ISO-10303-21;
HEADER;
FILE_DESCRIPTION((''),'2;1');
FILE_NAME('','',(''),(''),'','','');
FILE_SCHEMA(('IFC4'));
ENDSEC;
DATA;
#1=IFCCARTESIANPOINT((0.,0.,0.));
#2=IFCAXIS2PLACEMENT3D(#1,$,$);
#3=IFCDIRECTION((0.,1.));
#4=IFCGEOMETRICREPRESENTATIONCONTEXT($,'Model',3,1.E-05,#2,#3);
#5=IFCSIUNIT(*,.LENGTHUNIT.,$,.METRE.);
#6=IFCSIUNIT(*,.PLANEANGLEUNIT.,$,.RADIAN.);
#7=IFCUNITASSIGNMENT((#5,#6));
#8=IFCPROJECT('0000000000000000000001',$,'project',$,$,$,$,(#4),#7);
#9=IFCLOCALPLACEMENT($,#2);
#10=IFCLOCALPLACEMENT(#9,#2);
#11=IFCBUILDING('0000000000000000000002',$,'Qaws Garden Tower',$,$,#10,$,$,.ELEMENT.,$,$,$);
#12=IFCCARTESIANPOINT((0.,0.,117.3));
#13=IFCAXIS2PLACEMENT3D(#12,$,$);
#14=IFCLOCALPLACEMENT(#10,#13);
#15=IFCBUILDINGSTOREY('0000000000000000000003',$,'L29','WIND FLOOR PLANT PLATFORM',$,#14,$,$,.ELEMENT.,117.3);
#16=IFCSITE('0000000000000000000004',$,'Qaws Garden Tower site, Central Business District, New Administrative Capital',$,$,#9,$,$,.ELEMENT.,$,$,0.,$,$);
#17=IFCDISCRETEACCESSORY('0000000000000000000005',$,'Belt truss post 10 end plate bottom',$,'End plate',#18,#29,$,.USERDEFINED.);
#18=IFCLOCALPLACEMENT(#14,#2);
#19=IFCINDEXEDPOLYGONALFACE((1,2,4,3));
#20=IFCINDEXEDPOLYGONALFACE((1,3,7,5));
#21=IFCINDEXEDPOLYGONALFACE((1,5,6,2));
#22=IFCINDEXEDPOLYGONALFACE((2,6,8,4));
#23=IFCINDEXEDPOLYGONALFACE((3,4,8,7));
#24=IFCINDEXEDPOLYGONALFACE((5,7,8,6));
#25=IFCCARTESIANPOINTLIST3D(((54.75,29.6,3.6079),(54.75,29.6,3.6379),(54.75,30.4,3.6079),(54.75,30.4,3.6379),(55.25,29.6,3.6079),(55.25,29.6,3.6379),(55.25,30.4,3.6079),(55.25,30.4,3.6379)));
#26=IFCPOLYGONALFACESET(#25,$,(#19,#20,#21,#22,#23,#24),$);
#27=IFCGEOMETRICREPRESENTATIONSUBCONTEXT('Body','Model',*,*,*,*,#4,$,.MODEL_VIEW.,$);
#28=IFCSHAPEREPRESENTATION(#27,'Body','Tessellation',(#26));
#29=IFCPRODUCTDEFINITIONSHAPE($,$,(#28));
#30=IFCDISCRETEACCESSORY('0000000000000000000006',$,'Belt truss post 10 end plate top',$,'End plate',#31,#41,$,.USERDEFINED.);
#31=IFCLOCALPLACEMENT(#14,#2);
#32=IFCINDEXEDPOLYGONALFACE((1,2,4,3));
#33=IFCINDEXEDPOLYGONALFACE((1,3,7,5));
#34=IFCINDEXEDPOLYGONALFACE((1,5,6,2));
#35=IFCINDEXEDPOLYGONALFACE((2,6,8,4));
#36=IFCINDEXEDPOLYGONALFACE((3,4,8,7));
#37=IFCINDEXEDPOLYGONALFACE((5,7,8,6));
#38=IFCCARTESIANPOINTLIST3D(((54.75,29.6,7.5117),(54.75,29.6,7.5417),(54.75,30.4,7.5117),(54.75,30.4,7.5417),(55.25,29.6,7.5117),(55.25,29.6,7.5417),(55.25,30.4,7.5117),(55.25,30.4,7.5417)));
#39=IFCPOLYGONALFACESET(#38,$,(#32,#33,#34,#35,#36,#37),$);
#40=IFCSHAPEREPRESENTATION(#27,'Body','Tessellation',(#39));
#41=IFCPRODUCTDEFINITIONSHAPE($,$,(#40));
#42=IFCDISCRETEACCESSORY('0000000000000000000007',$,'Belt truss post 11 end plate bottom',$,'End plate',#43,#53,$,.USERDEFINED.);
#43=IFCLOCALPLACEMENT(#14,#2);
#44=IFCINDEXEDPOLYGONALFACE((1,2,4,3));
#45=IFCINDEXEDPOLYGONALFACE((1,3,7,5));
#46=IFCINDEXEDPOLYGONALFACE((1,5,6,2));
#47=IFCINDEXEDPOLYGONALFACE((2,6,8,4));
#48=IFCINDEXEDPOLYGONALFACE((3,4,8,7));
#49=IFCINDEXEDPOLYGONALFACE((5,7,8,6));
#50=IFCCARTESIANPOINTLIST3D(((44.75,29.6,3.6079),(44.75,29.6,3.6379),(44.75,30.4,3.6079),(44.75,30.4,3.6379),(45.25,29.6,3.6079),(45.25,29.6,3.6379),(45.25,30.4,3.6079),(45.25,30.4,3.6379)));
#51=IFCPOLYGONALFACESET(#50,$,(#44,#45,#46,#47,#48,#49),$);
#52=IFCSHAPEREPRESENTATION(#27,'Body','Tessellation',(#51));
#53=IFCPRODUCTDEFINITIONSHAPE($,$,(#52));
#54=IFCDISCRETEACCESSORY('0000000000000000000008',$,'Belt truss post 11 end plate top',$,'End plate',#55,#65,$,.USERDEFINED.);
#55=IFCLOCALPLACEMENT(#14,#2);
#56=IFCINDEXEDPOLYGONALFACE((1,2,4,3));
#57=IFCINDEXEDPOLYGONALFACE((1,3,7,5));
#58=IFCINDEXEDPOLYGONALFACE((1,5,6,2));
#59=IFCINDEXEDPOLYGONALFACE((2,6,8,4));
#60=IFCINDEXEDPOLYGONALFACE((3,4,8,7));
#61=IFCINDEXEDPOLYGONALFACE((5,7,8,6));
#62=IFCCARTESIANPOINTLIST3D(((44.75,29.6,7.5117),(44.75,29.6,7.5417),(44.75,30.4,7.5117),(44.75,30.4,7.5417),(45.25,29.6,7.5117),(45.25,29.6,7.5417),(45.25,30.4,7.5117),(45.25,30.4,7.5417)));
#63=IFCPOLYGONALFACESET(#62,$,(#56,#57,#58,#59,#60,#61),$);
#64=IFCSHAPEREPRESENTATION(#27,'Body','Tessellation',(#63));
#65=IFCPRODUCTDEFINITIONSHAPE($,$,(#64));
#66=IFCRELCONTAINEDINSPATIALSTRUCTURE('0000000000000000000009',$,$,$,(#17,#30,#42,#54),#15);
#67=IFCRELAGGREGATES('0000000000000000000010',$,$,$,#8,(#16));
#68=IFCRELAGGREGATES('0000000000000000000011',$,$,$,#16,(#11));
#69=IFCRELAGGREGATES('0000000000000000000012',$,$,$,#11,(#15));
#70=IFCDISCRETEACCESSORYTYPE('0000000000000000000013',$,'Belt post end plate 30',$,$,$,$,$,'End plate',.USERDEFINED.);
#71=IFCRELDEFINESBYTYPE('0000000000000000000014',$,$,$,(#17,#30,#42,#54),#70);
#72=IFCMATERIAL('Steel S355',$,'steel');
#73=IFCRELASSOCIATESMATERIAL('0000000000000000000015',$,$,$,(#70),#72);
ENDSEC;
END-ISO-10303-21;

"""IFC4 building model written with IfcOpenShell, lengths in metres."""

from ifc_helpers import new_model, si_unit, direction, frame, origin, origin_2d, place, context, subcontext, project, spatial, rectangle, extrude, material, type_object, element, save


model = new_model("IFC4")

# Units and contexts
model_context = context("Model", 3, precision=1e-05, world=origin(), true_north=direction((0.0, 1.0)))
body_context = subcontext(model_context, "Body", "Model", "MODEL_VIEW")
ifc_project = project(units=[si_unit("LENGTHUNIT", "METRE"), si_unit("PLANEANGLEUNIT", "RADIAN")], contexts=[model_context])

# Site, building, storey
site_placement = place(None, origin())
site = spatial("IfcSite", under=ifc_project, at=site_placement, Name="Qaws Garden Tower site, Central Business District, New Administrative Capital", CompositionType="ELEMENT", RefElevation=0.0)
building_placement = place(site_placement, origin())
building = spatial("IfcBuilding", under=site, at=building_placement, Name="Qaws Garden Tower", CompositionType="ELEMENT")
storey_placement = place(building_placement, frame((0.0, 0.0, 117.3)))
storey = spatial("IfcBuildingStorey", under=building, at=storey_placement, Name="L29", Description="WIND FLOOR PLANT PLATFORM", CompositionType="ELEMENT", Elevation=117.3)

# Shared definitions
placement_1 = place(storey_placement, frame((55.0, 30.0, 3.6079), z_axis=(0.0, 0.0, 1.0), x_axis=(1.0, 0.0, 0.0)))

# Discrete accessories
ifc_material_1 = material(Name="Steel S355", Category="steel")
discrete_accessory_type = type_object("IfcDiscreteAccessoryType", Name="Belt post end plate 30", ElementType="End plate", PredefinedType="USERDEFINED", material=ifc_material_1)
element("IfcDiscreteAccessory", 1, at=placement_1, inside=storey, type_object=discrete_accessory_type, Name="Belt truss post 10 end plate bottom", ObjectType="End plate", PredefinedType="USERDEFINED", context=body_context, shape_type="SweptSolid", body=[
    extrude(rectangle(XDim=0.5, YDim=0.8, at=origin_2d()), origin(), (0.0, 0.0, 1.0), 0.03),
])
discrete_accessory_1_placement = place(storey_placement, frame((55.0, 30.0, 7.5117), z_axis=(0.0, 0.0, 1.0), x_axis=(1.0, 0.0, 0.0)))
element("IfcDiscreteAccessory", 2, at=discrete_accessory_1_placement, inside=storey, type_object=discrete_accessory_type, Name="Belt truss post 10 end plate top", ObjectType="End plate", PredefinedType="USERDEFINED", context=body_context, shape_type="SweptSolid", body=[
    extrude(rectangle(XDim=0.5, YDim=0.8, at=origin_2d()), origin(), (0.0, 0.0, 1.0), 0.03),
])
discrete_accessory_2_placement = place(storey_placement, frame((45.0, 30.0, 3.6079), z_axis=(0.0, 0.0, 1.0), x_axis=(1.0, 0.0, 0.0)))
element("IfcDiscreteAccessory", 3, at=discrete_accessory_2_placement, inside=storey, type_object=discrete_accessory_type, Name="Belt truss post 11 end plate bottom", ObjectType="End plate", PredefinedType="USERDEFINED", context=body_context, shape_type="SweptSolid", body=[
    extrude(rectangle(XDim=0.5, YDim=0.8, at=origin_2d()), origin(), (0.0, 0.0, 1.0), 0.03),
])
discrete_accessory_3_placement = place(storey_placement, frame((45.0, 30.0, 7.5117), z_axis=(0.0, 0.0, 1.0), x_axis=(1.0, 0.0, 0.0)))
element("IfcDiscreteAccessory", 4, at=discrete_accessory_3_placement, inside=storey, type_object=discrete_accessory_type, Name="Belt truss post 11 end plate top", ObjectType="End plate", PredefinedType="USERDEFINED", context=body_context, shape_type="SweptSolid", body=[
    extrude(rectangle(XDim=0.5, YDim=0.8, at=origin_2d()), origin(), (0.0, 0.0, 1.0), 0.03),
])

save(model, "model.ifc")
